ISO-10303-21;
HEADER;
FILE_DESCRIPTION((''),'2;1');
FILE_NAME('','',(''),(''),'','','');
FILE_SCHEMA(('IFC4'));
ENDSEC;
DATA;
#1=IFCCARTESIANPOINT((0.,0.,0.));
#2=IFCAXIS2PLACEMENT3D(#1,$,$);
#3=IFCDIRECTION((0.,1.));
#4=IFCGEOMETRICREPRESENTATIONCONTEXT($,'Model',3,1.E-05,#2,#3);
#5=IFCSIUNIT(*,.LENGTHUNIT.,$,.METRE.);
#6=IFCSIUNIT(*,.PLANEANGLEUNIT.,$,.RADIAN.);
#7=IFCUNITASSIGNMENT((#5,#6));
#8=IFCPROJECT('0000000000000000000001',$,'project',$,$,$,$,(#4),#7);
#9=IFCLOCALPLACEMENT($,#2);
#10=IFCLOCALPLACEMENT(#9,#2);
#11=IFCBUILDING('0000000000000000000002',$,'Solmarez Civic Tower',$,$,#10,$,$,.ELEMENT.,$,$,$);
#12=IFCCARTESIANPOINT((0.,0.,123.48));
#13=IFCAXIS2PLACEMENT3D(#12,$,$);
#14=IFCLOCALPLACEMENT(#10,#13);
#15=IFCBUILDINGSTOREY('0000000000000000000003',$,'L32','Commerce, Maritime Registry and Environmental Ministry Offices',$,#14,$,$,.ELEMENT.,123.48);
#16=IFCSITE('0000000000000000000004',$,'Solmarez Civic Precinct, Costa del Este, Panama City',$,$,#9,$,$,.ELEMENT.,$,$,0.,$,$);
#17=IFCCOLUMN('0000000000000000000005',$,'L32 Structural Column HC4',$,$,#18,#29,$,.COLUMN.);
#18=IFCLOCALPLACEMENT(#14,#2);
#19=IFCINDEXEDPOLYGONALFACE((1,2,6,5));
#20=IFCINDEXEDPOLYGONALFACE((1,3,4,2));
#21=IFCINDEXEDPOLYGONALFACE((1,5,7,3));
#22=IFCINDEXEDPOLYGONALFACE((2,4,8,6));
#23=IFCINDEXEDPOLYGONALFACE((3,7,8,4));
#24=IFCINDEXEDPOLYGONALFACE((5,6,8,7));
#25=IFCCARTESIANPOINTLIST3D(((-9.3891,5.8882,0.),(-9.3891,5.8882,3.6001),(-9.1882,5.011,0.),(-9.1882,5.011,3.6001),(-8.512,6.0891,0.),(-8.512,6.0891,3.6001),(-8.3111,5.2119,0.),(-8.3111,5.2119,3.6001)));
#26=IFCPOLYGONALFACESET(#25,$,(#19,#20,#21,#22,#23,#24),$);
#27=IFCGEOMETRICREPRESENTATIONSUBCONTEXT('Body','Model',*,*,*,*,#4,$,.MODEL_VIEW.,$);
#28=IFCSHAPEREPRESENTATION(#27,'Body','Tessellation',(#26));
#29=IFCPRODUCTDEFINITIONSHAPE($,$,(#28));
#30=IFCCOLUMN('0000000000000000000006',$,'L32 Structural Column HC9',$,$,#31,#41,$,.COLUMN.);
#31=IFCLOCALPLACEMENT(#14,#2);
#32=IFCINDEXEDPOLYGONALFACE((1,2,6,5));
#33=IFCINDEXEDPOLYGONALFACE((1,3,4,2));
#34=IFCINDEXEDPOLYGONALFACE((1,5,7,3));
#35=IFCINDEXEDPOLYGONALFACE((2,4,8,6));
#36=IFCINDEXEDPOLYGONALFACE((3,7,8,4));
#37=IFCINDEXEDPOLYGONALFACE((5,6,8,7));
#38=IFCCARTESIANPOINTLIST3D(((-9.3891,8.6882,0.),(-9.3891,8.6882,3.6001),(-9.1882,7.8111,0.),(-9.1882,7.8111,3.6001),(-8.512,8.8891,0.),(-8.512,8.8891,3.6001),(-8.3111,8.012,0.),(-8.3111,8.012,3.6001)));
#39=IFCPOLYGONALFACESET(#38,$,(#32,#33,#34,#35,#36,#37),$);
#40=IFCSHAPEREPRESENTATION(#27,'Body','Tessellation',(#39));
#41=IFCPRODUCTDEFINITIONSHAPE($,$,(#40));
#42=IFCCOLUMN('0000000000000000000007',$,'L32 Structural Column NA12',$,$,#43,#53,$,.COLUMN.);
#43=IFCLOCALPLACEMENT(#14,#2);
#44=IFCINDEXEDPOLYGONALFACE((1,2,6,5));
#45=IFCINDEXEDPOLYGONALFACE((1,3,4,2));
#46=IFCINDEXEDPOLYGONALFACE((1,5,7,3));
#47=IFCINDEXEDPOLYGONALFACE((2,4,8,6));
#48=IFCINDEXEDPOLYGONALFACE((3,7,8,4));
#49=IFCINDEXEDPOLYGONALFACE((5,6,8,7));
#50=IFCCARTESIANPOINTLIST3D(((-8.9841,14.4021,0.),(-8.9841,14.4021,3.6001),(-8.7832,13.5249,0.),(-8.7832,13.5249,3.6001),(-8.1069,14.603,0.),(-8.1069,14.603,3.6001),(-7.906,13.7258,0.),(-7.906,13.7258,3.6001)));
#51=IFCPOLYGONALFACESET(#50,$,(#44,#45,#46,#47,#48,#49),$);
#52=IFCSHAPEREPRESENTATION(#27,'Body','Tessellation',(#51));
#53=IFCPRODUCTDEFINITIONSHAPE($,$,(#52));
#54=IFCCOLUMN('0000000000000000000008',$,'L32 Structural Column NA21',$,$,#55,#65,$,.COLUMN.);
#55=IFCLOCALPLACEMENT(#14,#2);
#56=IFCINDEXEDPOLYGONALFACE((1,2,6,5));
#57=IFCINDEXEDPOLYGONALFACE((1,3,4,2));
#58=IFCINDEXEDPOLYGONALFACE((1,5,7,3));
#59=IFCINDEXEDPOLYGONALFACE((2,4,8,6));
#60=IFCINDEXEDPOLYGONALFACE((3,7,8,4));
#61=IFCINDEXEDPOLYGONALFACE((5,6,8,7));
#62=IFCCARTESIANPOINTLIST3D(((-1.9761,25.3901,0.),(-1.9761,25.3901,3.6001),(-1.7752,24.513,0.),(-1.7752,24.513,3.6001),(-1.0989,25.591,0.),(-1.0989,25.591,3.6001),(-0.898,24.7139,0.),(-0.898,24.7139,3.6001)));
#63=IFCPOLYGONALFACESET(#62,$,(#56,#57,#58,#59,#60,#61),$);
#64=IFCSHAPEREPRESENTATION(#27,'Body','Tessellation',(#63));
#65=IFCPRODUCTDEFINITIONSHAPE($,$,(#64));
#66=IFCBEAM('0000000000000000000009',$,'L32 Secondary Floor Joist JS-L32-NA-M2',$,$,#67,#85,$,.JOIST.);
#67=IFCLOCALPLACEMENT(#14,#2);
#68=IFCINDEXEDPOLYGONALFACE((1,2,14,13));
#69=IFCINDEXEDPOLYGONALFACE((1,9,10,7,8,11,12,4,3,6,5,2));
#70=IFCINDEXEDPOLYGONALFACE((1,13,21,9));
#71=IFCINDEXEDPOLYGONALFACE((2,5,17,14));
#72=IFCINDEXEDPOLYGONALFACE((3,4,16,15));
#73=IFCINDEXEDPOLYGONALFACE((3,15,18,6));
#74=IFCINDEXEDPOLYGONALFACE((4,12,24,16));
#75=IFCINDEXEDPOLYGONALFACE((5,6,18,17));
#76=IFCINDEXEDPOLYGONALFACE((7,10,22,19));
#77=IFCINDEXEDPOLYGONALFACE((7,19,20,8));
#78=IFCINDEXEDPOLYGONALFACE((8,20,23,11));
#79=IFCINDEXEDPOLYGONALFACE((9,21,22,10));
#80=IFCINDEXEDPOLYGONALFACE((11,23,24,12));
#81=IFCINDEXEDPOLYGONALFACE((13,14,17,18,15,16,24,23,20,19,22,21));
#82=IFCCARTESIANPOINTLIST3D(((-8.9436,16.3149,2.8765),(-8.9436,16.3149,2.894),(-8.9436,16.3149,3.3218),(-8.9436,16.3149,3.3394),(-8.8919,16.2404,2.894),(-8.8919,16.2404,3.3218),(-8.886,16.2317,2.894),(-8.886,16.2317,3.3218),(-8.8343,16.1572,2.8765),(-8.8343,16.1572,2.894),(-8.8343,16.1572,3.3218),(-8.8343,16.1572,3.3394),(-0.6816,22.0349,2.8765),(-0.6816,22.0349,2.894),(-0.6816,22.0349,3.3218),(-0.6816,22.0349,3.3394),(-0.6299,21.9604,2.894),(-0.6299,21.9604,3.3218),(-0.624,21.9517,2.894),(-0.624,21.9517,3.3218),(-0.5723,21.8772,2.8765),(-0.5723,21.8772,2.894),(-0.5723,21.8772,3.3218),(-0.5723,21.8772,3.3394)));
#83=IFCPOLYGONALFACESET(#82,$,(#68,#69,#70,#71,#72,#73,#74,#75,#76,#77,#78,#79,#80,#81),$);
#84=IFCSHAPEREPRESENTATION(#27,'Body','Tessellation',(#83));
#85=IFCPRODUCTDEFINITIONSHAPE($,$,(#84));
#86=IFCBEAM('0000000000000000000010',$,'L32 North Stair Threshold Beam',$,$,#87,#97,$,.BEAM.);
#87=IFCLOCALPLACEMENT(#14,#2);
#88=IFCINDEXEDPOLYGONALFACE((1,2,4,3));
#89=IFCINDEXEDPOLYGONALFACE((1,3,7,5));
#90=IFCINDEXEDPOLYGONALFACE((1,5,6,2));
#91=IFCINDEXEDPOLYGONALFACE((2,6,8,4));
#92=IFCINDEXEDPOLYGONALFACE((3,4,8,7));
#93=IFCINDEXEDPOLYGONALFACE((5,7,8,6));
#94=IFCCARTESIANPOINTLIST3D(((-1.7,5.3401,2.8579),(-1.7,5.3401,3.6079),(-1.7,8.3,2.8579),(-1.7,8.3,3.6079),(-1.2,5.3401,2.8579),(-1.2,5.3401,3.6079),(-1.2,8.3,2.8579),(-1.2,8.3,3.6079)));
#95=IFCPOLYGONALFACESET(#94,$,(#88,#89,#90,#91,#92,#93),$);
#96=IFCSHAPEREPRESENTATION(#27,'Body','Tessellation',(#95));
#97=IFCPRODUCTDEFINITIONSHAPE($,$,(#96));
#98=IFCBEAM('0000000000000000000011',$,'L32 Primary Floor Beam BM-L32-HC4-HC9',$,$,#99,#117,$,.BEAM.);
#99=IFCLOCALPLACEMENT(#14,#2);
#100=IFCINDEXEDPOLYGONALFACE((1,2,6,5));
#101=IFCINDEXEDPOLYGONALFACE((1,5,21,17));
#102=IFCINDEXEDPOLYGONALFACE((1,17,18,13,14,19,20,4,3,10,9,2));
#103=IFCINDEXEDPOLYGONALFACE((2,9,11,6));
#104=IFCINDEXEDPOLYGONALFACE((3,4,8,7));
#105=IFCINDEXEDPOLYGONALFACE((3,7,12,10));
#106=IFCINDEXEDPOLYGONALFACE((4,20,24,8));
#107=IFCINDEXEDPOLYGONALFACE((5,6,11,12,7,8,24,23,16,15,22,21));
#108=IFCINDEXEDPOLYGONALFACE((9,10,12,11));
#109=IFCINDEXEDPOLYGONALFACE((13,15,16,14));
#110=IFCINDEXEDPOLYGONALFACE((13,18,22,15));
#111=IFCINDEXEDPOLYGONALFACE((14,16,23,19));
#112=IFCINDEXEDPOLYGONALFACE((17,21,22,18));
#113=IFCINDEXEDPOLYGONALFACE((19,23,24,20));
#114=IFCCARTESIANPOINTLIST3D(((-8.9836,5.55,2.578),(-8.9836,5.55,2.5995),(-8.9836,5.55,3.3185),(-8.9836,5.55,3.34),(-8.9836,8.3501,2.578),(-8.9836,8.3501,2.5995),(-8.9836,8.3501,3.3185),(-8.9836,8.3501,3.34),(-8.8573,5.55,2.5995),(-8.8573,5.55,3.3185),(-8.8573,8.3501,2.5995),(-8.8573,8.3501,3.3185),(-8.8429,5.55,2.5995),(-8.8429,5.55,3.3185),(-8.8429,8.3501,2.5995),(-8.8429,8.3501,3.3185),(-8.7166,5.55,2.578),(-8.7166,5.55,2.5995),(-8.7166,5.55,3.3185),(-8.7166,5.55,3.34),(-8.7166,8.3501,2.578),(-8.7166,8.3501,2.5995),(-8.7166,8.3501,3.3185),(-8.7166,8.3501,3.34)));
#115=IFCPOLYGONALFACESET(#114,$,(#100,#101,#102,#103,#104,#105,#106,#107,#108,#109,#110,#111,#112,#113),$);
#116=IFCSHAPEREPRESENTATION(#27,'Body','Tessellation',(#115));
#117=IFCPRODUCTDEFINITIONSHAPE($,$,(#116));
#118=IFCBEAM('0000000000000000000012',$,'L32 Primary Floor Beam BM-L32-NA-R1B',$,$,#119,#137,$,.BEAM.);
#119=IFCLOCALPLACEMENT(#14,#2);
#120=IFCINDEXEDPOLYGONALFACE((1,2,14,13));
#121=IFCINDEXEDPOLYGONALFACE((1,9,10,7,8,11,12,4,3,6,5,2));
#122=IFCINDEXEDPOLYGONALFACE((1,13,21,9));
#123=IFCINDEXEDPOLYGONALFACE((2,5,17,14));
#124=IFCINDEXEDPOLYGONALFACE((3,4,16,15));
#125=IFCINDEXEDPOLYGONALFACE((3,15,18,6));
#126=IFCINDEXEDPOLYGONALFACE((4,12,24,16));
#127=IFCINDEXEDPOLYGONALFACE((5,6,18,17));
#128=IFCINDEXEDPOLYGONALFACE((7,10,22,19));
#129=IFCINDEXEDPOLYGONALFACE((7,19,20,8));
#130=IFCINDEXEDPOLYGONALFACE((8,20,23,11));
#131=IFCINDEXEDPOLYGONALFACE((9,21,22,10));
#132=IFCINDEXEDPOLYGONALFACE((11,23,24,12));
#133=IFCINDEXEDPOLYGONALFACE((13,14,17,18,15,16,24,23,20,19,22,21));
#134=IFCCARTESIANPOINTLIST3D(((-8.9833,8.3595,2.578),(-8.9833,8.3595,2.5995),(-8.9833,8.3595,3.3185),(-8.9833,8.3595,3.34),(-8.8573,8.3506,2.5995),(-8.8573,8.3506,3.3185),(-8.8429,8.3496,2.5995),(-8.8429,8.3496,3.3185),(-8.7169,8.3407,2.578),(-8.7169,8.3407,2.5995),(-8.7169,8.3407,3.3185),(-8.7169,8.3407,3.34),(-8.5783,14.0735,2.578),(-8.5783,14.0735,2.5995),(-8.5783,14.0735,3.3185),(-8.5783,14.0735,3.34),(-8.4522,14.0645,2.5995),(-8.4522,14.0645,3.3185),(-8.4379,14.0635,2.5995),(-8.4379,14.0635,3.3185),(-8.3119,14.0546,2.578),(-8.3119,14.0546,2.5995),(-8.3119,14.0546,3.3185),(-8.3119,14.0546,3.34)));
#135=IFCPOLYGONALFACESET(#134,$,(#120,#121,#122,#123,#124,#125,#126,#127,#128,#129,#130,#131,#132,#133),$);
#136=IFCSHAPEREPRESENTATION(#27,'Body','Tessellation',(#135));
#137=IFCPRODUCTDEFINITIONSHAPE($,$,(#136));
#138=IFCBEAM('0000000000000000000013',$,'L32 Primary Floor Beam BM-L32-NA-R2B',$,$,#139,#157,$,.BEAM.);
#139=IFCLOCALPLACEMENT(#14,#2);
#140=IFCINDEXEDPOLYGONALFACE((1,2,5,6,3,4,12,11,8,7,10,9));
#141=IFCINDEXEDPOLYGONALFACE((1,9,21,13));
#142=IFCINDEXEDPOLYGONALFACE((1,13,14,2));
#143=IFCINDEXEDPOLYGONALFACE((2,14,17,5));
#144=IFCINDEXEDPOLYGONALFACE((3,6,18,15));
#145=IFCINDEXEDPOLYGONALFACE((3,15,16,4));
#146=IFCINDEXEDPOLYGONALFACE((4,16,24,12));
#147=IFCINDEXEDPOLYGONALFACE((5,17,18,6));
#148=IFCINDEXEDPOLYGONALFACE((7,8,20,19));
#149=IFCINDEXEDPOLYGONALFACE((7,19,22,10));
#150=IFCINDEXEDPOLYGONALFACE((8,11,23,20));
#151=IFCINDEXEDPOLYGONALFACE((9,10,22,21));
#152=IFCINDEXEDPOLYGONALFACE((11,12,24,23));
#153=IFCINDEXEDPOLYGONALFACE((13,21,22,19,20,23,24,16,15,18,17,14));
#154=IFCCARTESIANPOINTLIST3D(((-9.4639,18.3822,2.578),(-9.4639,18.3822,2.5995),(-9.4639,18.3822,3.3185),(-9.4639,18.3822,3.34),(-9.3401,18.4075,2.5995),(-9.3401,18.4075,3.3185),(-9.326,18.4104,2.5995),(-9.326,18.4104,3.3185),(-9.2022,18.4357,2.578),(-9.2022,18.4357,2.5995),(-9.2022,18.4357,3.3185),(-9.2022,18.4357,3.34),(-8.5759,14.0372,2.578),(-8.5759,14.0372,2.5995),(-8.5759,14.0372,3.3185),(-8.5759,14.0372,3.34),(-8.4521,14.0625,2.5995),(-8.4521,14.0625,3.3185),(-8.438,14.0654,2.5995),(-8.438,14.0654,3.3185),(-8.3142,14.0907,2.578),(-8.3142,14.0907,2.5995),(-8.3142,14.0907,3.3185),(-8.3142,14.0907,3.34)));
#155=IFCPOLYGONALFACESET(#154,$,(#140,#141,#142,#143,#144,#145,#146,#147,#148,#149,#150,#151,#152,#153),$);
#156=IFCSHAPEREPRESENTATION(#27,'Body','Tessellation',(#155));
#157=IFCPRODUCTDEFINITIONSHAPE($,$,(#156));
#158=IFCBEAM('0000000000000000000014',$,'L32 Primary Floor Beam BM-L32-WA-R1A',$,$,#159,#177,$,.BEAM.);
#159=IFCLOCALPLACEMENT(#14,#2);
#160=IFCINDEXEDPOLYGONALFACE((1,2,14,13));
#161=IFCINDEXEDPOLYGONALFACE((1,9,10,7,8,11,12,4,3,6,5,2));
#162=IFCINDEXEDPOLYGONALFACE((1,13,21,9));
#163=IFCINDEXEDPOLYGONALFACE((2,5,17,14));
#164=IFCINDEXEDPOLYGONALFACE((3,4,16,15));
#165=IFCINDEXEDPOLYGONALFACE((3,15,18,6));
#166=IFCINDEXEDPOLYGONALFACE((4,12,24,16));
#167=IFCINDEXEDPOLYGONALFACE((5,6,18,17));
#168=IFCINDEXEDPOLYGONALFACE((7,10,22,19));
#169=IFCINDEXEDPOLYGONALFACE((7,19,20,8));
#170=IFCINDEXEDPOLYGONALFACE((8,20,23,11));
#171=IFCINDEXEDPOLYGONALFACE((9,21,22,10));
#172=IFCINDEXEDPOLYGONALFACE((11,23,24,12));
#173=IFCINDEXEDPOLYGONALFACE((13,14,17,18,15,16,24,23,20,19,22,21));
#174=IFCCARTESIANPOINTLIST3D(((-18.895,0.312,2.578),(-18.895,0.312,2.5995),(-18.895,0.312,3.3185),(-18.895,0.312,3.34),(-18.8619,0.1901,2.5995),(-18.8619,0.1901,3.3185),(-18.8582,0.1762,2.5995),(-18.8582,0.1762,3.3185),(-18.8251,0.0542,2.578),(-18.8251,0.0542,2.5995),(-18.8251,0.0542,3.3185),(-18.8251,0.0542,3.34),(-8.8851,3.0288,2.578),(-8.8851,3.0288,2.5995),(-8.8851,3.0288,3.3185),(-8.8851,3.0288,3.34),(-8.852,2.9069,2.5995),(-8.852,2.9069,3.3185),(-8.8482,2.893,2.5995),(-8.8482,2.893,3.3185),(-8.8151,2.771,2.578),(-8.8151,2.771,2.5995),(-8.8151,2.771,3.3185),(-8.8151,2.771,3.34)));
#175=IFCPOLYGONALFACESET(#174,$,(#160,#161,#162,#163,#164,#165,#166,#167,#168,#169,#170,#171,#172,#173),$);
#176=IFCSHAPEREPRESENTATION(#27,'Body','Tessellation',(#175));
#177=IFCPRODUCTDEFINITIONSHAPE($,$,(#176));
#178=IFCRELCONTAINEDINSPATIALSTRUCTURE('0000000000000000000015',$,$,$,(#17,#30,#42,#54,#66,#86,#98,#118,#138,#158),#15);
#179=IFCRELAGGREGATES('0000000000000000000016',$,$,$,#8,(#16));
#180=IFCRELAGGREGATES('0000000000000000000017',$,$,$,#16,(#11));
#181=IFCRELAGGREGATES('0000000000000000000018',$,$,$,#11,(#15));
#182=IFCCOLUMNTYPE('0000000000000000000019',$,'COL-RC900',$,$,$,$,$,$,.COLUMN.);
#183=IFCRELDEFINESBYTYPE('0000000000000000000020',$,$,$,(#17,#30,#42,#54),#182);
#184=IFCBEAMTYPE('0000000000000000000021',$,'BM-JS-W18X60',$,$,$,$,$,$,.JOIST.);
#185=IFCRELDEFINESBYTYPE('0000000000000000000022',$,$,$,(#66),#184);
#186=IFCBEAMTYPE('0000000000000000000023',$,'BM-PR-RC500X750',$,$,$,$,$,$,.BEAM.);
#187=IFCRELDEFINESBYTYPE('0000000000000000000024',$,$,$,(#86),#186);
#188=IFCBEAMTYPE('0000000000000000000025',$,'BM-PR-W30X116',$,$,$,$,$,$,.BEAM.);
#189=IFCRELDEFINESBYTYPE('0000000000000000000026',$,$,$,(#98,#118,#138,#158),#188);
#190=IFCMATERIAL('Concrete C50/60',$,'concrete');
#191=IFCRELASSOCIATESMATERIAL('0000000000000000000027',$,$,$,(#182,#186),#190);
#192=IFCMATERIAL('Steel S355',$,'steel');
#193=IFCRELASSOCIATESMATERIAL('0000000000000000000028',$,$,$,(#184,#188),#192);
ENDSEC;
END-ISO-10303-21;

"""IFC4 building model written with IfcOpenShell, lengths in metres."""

from ifc_helpers import new_model, si_unit, direction, frame, origin, origin_2d, place, context, subcontext, project, spatial, rectangle, i_section, extrude, material, material_profile, profile_set, type_object, element, save


model = new_model("IFC4")

# Units and contexts
model_context = context("Model", 3, precision=1e-05, world=origin(), true_north=direction((0.0, 1.0)))
body_context = subcontext(model_context, "Body", "Model", "MODEL_VIEW")
ifc_project = project(units=[si_unit("LENGTHUNIT", "METRE"), si_unit("PLANEANGLEUNIT", "RADIAN")], contexts=[model_context])

# Site, building, storey
site_placement = place(None, origin())
site = spatial("IfcSite", under=ifc_project, at=site_placement, Name="Solmarez Civic Precinct, Costa del Este, Panama City", CompositionType="ELEMENT", RefElevation=0.0)
building_placement = place(site_placement, origin())
building = spatial("IfcBuilding", under=site, at=building_placement, Name="Solmarez Civic Tower", CompositionType="ELEMENT")
storey_placement = place(building_placement, frame((0.0, 0.0, 123.48)))
storey = spatial("IfcBuildingStorey", under=building, at=storey_placement, Name="L32", Description="Commerce, Maritime Registry and Environmental Ministry Offices", CompositionType="ELEMENT", Elevation=123.48)

# Columns
ifc_material_1 = material(Name="Concrete C50/60", Category="concrete")
ifc_material_profile_1 = material_profile(ifc_material_1, rectangle(XDim=0.8999, YDim=0.8999, at=origin_2d()), Name="RC900X900")
ifc_profile_set_1 = profile_set([ifc_material_profile_1], Name="Concrete C50/60")
column_type = type_object("IfcColumnType", Name="COL-RC900", PredefinedType="COLUMN", material=ifc_profile_set_1)
for number, where, z_axis, x_axis, name in (
    (1, (-8.8501, 5.55, 0.0), (0.0, 0.0, 1.0), (0.974761, 0.22325, 0.0), "L32 Structural Column HC4"),
    (2, (-8.8501, 8.3501, 0.0), (0.0, 0.0, 1.0), (0.974761, 0.22325, 0.0), "L32 Structural Column HC9"),
    (3, (-8.4451, 14.064, 0.0), (0.0, 0.0, 1.0), (0.974761, 0.22325, 0.0), "L32 Structural Column NA12"),
    (4, (-1.437, 25.052, 0.0), (0.0, 0.0, 1.0), (0.974761, 0.22325, 0.0), "L32 Structural Column NA21"),
):
    element("IfcColumn", number, at=place(storey_placement, frame(where, z_axis=z_axis, x_axis=x_axis)), inside=storey, type_object=column_type, Name=name, PredefinedType="COLUMN", context=body_context, shape_type="SweptSolid", body=[
        extrude(rectangle(XDim=0.8999, YDim=0.8999, at=origin_2d()), origin(), (0.0, 0.0, 1.0), 3.6001),
    ])

# Beams
ifc_material_2 = material(Name="Steel S355", Category="steel")
ifc_material_profile_2 = material_profile(ifc_material_2, i_section(OverallWidth=0.1919, OverallDepth=0.4629, WebThickness=0.0105, FlangeThickness=0.0176, at=origin_2d()), Name="W18X60")
ifc_profile_set_2 = profile_set([ifc_material_profile_2], Name="Steel S355")
beam_type_1 = type_object("IfcBeamType", Name="BM-JS-W18X60", PredefinedType="JOIST", material=ifc_profile_set_2)
beam_1_placement = place(storey_placement, frame((-0.627, 21.9561, 3.1079), z_axis=(-0.822185, -0.56922, 0.0), x_axis=(0.56922, -0.822185, 0.0)))
element("IfcBeam", 5, at=beam_1_placement, inside=storey, type_object=beam_type_1, Name="L32 Secondary Floor Joist JS-L32-NA-M2", PredefinedType="JOIST", context=body_context, shape_type="SweptSolid", body=[
    extrude(i_section(OverallWidth=0.1919, OverallDepth=0.4629, WebThickness=0.0105, FlangeThickness=0.0176, at=origin_2d()), origin(), (0.0, 0.0, 1.0), 10.0488),
])
ifc_material_profile_3 = material_profile(ifc_material_1, rectangle(XDim=0.5, YDim=0.75, at=origin_2d()), Name="RC500X750")
ifc_profile_set_3 = profile_set([ifc_material_profile_3], Name="Concrete C50/60")
beam_type_2 = type_object("IfcBeamType", Name="BM-PR-RC500X750", PredefinedType="BEAM", material=ifc_profile_set_3)
beam_2_placement = place(storey_placement, frame((-1.45, 5.3401, 3.2329), z_axis=(0.0, 1.0, 0.0), x_axis=(-1.0, 0.0, 0.0)))
element("IfcBeam", 6, at=beam_2_placement, inside=storey, type_object=beam_type_2, Name="L32 North Stair Threshold Beam", PredefinedType="BEAM", context=body_context, shape_type="SweptSolid", body=[
    extrude(rectangle(XDim=0.5, YDim=0.75, at=origin_2d()), origin(), (0.0, 0.0, 1.0), 2.96),
])
ifc_material_profile_4 = material_profile(ifc_material_2, i_section(OverallWidth=0.2671, OverallDepth=0.762, WebThickness=0.0144, FlangeThickness=0.0215, at=origin_2d()), Name="W30X116")
ifc_profile_set_4 = profile_set([ifc_material_profile_4], Name="Steel S355")
beam_type_3 = type_object("IfcBeamType", Name="BM-PR-W30X116", PredefinedType="BEAM", material=ifc_profile_set_4)
beam_3_placement = place(storey_placement, frame((-8.8501, 5.55, 2.959), z_axis=(0.0, 1.0, 0.0), x_axis=(-1.0, 0.0, 0.0)))
element("IfcBeam", 7, at=beam_3_placement, inside=storey, type_object=beam_type_3, Name="L32 Primary Floor Beam BM-L32-HC4-HC9", PredefinedType="BEAM", context=body_context, shape_type="SweptSolid", body=[
    extrude(i_section(OverallWidth=0.2671, OverallDepth=0.762, WebThickness=0.0144, FlangeThickness=0.0215, at=origin_2d()), origin(), (0.0, 0.0, 1.0), 2.8),
])
beam_4_placement = place(storey_placement, frame((-8.8501, 8.3501, 2.959), z_axis=(0.070708, 0.997497, 0.0), x_axis=(-0.997497, 0.070708, 0.0)))
element("IfcBeam", 8, at=beam_4_placement, inside=storey, type_object=beam_type_3, Name="L32 Primary Floor Beam BM-L32-NA-R1B", PredefinedType="BEAM", context=body_context, shape_type="SweptSolid", body=[
    extrude(i_section(OverallWidth=0.2671, OverallDepth=0.762, WebThickness=0.0144, FlangeThickness=0.0215, at=origin_2d()), origin(), (0.0, 0.0, 1.0), 5.7283),
])
beam_5_placement = place(storey_placement, frame((-8.4451, 14.064, 2.959), z_axis=(-0.200222, 0.979751, 0.0), x_axis=(-0.979751, -0.200222, 0.0)))
element("IfcBeam", 9, at=beam_5_placement, inside=storey, type_object=beam_type_3, Name="L32 Primary Floor Beam BM-L32-NA-R2B", PredefinedType="BEAM", context=body_context, shape_type="SweptSolid", body=[
    extrude(i_section(OverallWidth=0.2671, OverallDepth=0.762, WebThickness=0.0144, FlangeThickness=0.0215, at=origin_2d()), origin(), (0.0, 0.0, 1.0), 4.4348),
])
beam_6_placement = place(storey_placement, frame((-8.8501, 2.8999, 2.959), z_axis=(-0.965086, -0.261932, 0.0), x_axis=(0.261932, -0.965086, 0.0)))
element("IfcBeam", 10, at=beam_6_placement, inside=storey, type_object=beam_type_3, Name="L32 Primary Floor Beam BM-L32-WA-R1A", PredefinedType="BEAM", context=body_context, shape_type="SweptSolid", body=[
    extrude(i_section(OverallWidth=0.2671, OverallDepth=0.762, WebThickness=0.0144, FlangeThickness=0.0215, at=origin_2d()), origin(), (0.0, 0.0, 1.0), 10.3721),
])

save(model, "model.ifc")
